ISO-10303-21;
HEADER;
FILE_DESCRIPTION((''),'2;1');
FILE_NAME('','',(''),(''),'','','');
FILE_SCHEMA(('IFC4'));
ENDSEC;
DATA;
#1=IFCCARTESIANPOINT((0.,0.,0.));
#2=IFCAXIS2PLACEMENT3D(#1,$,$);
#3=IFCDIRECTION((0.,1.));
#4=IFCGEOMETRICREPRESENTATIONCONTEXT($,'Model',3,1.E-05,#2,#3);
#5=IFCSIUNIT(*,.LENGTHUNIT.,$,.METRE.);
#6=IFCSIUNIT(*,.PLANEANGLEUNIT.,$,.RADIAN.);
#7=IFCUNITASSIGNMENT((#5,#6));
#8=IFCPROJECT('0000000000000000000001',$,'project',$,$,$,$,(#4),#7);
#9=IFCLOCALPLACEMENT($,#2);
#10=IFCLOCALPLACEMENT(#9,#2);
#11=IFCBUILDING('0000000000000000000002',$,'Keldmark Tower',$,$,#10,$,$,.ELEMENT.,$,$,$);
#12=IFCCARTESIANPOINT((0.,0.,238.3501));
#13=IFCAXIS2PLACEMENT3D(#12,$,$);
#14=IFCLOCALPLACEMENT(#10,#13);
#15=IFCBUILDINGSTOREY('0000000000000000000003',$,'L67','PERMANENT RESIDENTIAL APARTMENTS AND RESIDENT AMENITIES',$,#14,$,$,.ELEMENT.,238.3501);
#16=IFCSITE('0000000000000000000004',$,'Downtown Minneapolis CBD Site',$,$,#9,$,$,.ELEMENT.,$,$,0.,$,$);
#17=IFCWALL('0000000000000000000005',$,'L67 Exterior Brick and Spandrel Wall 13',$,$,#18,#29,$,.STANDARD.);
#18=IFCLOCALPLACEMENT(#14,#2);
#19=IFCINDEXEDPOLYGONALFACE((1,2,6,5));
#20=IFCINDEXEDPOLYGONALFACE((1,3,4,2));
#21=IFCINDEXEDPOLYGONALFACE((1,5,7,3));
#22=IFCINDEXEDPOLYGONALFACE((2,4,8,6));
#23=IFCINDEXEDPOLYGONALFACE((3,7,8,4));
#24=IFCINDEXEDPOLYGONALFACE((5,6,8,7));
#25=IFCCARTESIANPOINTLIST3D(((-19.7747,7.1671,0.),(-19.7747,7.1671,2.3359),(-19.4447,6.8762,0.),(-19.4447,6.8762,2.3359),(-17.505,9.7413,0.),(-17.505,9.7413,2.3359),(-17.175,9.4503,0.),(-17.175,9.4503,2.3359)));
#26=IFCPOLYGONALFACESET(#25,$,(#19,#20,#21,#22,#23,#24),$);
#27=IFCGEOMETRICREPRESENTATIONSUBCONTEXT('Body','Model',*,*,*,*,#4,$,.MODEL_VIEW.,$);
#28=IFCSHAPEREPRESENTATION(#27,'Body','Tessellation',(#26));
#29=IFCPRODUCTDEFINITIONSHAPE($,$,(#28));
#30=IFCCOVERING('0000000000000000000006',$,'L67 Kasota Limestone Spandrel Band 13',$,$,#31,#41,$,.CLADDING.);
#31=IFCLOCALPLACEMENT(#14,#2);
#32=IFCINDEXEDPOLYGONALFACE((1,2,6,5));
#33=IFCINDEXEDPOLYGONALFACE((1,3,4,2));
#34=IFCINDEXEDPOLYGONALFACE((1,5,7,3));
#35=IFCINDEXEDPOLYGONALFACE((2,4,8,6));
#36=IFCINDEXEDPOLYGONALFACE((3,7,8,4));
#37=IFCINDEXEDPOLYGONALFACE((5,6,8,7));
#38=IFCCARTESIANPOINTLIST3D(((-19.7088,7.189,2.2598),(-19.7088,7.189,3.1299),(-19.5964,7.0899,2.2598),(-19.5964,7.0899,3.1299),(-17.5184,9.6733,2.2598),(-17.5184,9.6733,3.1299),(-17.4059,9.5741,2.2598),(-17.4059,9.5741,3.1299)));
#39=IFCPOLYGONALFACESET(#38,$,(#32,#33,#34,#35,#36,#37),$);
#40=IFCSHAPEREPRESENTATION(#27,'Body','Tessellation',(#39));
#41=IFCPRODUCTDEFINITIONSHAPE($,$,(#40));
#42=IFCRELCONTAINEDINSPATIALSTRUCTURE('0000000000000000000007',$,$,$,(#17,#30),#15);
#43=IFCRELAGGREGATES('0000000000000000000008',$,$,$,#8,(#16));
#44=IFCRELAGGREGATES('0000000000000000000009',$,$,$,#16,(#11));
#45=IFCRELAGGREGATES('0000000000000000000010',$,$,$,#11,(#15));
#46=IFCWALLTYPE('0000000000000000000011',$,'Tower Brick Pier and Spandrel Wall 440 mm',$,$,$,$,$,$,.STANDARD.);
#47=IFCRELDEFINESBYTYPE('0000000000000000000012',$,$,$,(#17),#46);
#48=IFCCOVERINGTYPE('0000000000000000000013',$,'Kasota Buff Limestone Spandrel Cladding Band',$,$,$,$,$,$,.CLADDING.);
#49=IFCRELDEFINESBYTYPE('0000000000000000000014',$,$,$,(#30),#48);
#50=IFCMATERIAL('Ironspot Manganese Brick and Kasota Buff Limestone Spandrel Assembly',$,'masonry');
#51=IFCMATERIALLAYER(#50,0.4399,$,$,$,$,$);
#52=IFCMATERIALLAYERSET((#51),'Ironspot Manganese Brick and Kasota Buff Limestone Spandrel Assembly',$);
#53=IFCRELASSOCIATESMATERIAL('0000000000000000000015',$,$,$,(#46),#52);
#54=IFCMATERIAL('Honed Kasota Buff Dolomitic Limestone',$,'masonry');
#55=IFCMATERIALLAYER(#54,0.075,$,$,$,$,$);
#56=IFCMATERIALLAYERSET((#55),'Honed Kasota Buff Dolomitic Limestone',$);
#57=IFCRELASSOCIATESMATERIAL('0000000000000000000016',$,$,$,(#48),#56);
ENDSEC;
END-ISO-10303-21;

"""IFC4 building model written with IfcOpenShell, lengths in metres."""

from ifc_helpers import new_model, si_unit, direction, frame, frame_2d, origin, origin_2d, place, context, subcontext, project, spatial, rectangle, extrude, material, layer, layer_set, type_object, element, save


model = new_model("IFC4")

# Units and contexts
model_context = context("Model", 3, precision=1e-05, world=origin(), true_north=direction((0.0, 1.0)))
body_context = subcontext(model_context, "Body", "Model", "MODEL_VIEW")
ifc_project = project(units=[si_unit("LENGTHUNIT", "METRE"), si_unit("PLANEANGLEUNIT", "RADIAN")], contexts=[model_context])

# Site, building, storey
site_placement = place(None, origin())
site = spatial("IfcSite", under=ifc_project, at=site_placement, Name="Downtown Minneapolis CBD Site", CompositionType="ELEMENT", RefElevation=0.0)
building_placement = place(site_placement, origin())
building = spatial("IfcBuilding", under=site, at=building_placement, Name="Keldmark Tower", CompositionType="ELEMENT")
storey_placement = place(building_placement, frame((0.0, 0.0, 238.3501)))
storey = spatial("IfcBuildingStorey", under=building, at=storey_placement, Name="L67", Description="PERMANENT RESIDENTIAL APARTMENTS AND RESIDENT AMENITIES", CompositionType="ELEMENT", Elevation=238.3501)

# Shared definitions
ifc_material_1 = material(Name="Ironspot Manganese Brick and Kasota Buff Limestone Spandrel Assembly", Category="masonry")
ifc_layer_1 = layer(ifc_material_1, 0.4399)
ifc_layer_set_1 = layer_set([ifc_layer_1], Name="Ironspot Manganese Brick and Kasota Buff Limestone Spandrel Assembly")
wall_type_1 = type_object("IfcWallType", Name="Tower Brick Pier and Spandrel Wall 440 mm", PredefinedType="STANDARD", material=ifc_layer_set_1)

# Wall
wall_1_placement = place(storey_placement, frame((-19.6096, 7.0217, 0.0), z_axis=(0.0, 0.0, 1.0), x_axis=(0.66136, 0.750068, 0.0)))
element("IfcWall", 1, at=wall_1_placement, inside=storey, type_object=wall_type_1, Name="L67 Exterior Brick and Spandrel Wall 13", PredefinedType="STANDARD", context=body_context, shape_type="SweptSolid", body=[
    extrude(rectangle(XDim=3.4319, YDim=0.4399, at=frame_2d((1.7158, 0.0))), origin(), (0.0, 0.0, 1.0), 2.3359),
])

# Covering
ifc_material_2 = material(Name="Honed Kasota Buff Dolomitic Limestone", Category="masonry")
ifc_layer_2 = layer(ifc_material_2, 0.075)
ifc_layer_set_2 = layer_set([ifc_layer_2], Name="Honed Kasota Buff Dolomitic Limestone")
covering_type = type_object("IfcCoveringType", Name="Kasota Buff Limestone Spandrel Cladding Band", PredefinedType="CLADDING", material=ifc_layer_set_2)
covering_placement = place(storey_placement, frame((-18.5574, 8.3816, 2.2598), z_axis=(0.0, 0.0, 1.0), x_axis=(-0.661364, -0.750065, 0.0)))
element("IfcCovering", 2, at=covering_placement, inside=storey, type_object=covering_type, Name="L67 Kasota Limestone Spandrel Band 13", PredefinedType="CLADDING", context=body_context, shape_type="SweptSolid", body=[
    extrude(rectangle(XDim=3.312, YDim=0.1499, at=origin_2d()), origin(), (0.0, 0.0, 1.0), 0.8701),
])

save(model, "model.ifc")
